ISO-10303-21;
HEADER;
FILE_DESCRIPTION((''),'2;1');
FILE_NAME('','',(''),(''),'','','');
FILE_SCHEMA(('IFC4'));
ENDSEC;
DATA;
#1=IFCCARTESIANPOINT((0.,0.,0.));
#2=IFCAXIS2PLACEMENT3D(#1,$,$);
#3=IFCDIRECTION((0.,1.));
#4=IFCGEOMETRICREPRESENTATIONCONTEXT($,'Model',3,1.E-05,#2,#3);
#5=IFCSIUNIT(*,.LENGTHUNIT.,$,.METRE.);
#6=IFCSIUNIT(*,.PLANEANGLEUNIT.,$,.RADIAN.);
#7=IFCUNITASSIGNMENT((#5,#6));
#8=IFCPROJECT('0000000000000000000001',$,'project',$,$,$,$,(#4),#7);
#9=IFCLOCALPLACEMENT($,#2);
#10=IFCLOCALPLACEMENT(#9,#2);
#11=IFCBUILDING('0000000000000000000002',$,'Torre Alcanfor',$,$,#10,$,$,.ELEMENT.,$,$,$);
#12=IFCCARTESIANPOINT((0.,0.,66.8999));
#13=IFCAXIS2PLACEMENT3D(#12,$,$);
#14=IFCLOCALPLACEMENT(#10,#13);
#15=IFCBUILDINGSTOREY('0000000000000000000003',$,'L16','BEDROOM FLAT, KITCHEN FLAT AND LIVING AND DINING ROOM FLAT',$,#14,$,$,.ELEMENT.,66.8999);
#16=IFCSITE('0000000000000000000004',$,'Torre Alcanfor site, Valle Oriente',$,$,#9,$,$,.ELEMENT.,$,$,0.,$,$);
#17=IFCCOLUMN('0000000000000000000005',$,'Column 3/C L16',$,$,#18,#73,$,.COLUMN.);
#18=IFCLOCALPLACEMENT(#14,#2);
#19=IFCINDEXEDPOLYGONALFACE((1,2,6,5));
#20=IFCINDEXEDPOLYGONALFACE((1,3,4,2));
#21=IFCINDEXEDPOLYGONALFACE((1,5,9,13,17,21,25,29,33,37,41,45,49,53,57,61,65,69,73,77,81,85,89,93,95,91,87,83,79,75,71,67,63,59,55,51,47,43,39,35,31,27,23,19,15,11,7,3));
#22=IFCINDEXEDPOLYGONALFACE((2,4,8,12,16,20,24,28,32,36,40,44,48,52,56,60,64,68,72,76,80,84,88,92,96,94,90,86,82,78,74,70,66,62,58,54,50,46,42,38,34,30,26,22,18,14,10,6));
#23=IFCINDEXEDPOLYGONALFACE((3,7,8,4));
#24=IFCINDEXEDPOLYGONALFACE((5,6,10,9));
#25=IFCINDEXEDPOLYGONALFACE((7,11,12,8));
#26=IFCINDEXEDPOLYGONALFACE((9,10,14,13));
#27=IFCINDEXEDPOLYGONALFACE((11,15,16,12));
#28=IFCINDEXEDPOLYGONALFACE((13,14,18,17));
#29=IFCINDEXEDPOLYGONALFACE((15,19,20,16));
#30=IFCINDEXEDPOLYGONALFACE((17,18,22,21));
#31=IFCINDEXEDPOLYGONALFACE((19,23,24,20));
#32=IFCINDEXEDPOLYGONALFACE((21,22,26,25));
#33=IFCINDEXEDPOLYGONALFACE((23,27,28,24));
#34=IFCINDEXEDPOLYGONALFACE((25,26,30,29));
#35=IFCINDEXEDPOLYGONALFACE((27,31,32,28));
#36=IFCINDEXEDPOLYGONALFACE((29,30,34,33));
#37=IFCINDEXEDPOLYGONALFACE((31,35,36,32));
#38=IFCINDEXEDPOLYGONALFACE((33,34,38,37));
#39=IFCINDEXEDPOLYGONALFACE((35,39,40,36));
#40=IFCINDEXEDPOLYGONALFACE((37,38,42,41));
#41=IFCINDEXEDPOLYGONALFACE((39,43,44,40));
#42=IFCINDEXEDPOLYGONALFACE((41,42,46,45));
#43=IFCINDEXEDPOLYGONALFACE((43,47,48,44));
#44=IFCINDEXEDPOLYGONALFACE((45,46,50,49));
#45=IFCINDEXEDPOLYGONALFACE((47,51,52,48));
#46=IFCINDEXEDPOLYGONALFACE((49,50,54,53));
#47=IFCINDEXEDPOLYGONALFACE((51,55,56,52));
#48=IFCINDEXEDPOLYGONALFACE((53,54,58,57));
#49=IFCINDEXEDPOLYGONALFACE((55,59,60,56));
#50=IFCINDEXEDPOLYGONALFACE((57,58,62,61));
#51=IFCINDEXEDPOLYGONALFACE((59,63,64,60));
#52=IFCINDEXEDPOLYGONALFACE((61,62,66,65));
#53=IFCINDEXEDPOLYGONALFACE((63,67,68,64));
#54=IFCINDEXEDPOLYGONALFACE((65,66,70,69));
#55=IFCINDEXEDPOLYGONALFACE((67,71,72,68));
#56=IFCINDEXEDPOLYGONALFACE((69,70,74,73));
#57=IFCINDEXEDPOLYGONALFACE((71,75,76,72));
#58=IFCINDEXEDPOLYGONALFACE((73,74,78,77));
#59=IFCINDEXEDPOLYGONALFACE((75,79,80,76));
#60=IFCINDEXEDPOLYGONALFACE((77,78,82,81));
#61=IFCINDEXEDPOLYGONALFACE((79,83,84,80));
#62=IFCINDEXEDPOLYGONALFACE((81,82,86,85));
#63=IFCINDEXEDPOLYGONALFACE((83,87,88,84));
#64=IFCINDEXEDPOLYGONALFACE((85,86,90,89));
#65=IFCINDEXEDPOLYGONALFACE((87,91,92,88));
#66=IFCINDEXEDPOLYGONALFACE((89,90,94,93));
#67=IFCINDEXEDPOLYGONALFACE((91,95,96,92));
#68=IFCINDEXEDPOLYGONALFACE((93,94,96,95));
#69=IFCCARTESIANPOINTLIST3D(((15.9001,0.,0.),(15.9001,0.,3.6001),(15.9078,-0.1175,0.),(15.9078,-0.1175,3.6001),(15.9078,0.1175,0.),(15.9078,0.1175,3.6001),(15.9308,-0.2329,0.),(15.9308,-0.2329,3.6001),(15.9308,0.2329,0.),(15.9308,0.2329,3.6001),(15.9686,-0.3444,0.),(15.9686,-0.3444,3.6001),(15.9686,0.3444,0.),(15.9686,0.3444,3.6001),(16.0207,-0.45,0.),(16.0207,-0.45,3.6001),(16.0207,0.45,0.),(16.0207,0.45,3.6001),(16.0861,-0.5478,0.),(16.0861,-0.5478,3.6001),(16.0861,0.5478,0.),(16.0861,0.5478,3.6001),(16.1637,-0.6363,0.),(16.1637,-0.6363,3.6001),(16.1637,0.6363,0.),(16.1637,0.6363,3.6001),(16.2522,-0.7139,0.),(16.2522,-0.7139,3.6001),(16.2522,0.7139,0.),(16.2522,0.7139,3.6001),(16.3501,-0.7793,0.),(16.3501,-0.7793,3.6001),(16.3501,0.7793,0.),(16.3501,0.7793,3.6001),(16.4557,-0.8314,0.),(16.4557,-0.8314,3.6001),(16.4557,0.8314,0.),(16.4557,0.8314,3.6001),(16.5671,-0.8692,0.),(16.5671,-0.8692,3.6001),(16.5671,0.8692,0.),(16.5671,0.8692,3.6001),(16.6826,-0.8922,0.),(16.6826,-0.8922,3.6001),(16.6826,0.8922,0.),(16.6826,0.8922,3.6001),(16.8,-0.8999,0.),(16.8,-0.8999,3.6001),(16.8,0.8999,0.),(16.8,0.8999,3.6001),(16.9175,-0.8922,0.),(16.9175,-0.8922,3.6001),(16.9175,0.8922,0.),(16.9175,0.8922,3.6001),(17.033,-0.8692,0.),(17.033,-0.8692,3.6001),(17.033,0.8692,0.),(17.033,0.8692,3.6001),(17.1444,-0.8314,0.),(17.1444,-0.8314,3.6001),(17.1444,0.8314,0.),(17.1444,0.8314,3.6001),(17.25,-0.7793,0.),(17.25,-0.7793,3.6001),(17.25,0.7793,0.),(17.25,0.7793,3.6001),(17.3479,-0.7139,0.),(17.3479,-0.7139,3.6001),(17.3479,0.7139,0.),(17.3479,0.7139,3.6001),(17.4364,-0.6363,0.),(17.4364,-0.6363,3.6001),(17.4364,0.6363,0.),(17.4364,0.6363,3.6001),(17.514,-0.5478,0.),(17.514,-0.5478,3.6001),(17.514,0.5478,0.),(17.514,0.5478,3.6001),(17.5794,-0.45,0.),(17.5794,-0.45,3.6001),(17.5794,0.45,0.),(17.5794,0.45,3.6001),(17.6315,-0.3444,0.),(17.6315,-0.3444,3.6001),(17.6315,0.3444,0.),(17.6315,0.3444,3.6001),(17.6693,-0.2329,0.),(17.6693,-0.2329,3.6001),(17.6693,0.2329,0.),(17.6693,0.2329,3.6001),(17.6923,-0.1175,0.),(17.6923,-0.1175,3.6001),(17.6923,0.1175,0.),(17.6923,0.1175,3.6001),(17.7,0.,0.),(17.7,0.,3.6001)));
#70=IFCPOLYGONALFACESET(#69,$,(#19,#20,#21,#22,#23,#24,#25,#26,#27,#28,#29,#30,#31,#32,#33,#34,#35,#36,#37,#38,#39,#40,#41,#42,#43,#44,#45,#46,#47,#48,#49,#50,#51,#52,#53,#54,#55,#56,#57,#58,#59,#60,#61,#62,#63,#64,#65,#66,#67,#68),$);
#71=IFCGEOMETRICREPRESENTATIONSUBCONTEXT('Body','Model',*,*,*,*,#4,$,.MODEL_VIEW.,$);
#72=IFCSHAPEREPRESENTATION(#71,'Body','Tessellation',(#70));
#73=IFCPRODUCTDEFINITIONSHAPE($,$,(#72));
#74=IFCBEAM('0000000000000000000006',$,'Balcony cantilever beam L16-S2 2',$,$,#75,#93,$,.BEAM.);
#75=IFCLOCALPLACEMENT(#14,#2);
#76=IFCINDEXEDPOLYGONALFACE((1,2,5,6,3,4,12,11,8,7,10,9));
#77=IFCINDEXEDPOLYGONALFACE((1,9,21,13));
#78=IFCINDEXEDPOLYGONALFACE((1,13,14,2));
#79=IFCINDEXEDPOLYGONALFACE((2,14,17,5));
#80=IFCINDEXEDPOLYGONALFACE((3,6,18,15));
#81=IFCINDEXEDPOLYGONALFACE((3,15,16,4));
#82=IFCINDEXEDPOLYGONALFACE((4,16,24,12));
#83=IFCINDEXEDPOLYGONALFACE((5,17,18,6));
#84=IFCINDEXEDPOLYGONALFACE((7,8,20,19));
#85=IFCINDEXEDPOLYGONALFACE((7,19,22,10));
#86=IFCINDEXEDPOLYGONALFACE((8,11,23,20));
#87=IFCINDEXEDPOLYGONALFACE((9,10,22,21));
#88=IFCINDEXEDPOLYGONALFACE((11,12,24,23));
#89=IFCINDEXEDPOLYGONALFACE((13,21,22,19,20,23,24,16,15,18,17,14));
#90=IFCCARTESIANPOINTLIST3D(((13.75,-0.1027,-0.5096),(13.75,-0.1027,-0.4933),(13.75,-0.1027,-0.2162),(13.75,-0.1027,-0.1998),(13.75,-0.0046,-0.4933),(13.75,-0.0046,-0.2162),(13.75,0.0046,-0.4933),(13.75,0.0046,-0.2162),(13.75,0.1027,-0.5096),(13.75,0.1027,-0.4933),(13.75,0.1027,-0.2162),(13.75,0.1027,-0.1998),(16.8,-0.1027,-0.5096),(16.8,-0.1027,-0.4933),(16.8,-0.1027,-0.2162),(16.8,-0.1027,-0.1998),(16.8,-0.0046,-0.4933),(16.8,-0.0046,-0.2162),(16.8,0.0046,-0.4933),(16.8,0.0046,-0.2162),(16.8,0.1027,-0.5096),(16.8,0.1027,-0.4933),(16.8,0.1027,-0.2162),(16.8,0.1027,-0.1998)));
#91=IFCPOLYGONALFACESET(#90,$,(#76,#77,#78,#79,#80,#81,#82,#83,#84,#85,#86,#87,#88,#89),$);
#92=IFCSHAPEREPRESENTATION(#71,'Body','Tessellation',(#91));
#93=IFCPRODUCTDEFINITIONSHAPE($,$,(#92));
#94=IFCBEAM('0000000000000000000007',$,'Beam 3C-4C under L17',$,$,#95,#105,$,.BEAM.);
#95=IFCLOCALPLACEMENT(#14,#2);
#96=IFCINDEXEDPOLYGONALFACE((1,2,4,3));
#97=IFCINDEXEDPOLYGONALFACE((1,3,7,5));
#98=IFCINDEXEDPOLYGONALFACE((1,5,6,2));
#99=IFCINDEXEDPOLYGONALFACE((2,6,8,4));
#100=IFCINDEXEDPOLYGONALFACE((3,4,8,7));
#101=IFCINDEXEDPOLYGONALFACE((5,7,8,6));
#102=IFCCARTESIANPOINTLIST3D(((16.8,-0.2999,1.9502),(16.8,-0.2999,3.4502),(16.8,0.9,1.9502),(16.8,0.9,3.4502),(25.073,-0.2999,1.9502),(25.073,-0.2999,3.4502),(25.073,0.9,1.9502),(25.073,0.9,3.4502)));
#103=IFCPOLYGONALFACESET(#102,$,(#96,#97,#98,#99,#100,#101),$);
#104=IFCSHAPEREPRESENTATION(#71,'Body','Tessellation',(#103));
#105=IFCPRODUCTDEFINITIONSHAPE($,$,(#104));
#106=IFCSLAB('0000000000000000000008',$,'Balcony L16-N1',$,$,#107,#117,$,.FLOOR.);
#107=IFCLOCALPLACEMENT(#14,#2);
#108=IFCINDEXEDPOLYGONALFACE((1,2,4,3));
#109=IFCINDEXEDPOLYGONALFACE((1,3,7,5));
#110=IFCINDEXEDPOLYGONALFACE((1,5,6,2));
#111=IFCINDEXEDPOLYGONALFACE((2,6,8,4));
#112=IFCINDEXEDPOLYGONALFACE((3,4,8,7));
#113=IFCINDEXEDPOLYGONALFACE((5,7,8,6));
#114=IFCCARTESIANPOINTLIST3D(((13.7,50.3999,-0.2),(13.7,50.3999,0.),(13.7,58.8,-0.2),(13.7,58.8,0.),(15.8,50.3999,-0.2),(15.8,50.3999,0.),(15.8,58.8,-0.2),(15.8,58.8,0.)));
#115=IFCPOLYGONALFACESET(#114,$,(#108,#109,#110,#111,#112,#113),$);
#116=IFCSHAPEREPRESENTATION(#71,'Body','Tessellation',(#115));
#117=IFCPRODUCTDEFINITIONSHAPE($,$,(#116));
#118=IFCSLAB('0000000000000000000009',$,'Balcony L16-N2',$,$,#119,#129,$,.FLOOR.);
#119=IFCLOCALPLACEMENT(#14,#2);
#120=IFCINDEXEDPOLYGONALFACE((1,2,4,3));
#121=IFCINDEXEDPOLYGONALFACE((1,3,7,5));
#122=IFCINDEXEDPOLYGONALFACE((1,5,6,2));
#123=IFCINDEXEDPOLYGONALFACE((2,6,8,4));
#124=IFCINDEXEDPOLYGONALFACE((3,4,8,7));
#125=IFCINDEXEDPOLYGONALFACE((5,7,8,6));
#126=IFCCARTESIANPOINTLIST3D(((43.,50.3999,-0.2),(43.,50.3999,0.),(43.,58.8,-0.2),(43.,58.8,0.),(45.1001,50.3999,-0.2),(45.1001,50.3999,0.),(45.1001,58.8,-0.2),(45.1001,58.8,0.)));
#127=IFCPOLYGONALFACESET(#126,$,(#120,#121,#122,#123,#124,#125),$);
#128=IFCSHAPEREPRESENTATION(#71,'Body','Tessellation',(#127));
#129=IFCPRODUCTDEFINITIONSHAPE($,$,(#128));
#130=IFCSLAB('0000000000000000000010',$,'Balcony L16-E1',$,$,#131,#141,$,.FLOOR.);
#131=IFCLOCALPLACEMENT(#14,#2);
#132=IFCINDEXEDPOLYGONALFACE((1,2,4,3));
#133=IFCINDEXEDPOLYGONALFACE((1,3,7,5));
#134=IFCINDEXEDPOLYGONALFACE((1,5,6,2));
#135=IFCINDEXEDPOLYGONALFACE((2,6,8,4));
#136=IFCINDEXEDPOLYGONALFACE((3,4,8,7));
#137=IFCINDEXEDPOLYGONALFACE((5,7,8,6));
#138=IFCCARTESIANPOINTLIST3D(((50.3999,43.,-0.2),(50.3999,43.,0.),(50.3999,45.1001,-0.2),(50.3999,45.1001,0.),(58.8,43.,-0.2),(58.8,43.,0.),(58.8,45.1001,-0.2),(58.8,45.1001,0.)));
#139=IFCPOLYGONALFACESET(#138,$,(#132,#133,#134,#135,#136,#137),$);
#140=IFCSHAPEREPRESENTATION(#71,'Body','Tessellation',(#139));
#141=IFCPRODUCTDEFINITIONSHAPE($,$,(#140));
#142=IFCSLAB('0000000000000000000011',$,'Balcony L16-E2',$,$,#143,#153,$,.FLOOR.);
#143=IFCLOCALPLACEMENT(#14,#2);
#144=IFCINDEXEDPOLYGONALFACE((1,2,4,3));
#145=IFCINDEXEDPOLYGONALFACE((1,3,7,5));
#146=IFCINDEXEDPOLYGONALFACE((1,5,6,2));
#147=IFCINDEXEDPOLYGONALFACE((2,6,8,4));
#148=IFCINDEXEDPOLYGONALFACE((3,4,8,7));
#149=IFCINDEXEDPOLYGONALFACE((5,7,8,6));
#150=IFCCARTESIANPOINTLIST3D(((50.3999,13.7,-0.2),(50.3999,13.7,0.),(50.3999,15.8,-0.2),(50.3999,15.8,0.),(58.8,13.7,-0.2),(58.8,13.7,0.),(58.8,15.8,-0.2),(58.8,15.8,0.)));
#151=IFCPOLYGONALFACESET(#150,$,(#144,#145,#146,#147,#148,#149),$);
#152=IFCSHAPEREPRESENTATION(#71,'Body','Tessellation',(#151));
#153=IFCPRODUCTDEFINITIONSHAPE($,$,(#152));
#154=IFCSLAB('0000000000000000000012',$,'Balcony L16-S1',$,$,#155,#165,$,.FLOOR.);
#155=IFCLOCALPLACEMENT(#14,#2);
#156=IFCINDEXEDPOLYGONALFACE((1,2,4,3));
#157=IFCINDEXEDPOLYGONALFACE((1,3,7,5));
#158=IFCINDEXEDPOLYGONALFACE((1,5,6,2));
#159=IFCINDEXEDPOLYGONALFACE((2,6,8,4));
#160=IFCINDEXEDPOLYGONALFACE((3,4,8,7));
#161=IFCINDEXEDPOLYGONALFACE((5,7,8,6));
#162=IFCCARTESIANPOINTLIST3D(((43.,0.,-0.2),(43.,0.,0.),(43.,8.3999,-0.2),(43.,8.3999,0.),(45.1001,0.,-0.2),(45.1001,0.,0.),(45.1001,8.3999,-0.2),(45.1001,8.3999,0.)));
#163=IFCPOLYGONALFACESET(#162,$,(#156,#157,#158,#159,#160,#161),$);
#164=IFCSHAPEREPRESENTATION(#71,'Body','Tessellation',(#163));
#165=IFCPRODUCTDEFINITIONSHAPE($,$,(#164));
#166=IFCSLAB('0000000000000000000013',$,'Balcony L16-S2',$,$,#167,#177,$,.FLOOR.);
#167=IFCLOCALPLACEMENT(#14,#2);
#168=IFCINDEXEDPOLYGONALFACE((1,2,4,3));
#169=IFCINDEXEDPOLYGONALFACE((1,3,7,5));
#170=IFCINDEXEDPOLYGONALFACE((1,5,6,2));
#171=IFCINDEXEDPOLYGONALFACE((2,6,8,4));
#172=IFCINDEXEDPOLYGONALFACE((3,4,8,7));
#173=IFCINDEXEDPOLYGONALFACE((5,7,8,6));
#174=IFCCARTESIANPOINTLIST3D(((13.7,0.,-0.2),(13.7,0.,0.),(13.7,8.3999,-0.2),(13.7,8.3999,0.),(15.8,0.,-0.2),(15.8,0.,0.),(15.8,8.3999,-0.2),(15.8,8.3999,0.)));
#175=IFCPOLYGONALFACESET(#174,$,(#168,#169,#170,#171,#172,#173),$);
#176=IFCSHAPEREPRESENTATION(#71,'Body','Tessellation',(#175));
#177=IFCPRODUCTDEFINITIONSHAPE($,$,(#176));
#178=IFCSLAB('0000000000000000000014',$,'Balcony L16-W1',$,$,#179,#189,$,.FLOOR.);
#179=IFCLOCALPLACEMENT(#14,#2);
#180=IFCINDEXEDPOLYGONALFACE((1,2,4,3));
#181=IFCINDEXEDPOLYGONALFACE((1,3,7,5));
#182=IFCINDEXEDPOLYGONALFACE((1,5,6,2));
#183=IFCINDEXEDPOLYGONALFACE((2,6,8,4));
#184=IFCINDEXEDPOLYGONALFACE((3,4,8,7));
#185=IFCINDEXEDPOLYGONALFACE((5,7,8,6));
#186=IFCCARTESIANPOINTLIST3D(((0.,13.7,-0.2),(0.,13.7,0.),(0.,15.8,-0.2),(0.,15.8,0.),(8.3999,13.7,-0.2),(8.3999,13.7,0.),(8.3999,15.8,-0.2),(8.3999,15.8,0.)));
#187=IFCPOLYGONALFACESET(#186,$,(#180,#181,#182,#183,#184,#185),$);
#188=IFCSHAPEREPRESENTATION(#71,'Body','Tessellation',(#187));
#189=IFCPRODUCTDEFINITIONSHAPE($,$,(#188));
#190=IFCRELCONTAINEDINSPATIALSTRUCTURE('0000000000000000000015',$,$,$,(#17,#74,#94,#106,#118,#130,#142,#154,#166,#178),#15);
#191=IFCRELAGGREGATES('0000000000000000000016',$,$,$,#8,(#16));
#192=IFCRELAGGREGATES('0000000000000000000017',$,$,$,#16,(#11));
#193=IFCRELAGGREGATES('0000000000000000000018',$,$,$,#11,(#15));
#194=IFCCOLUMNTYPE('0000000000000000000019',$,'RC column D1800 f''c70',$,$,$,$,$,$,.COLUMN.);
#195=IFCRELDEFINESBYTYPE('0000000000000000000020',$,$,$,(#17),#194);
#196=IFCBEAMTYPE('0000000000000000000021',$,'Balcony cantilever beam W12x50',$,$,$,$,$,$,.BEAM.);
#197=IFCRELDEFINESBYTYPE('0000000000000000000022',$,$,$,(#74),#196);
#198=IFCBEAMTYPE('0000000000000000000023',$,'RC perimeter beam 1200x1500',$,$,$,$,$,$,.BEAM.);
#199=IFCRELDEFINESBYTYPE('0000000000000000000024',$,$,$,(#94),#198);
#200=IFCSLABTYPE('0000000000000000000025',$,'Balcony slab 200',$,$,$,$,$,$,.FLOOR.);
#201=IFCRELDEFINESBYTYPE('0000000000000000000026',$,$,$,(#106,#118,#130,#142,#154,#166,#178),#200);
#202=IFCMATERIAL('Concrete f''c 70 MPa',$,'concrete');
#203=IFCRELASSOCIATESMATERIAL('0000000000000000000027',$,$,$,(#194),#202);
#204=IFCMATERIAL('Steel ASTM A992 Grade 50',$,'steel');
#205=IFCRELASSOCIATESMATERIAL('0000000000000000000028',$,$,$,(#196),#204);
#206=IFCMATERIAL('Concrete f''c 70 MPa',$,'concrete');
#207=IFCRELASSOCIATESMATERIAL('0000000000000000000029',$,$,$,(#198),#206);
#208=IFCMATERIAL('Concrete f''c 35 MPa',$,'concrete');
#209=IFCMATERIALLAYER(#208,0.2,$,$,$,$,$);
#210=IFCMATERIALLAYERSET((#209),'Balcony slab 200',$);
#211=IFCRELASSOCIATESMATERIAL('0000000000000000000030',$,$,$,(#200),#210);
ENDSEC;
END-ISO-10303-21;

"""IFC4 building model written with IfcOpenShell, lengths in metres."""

from ifc_helpers import new_model, si_unit, direction, frame, origin, origin_2d, place, context, subcontext, project, spatial, polyline, rectangle, circle, i_section, outline, extrude, material, layer, layer_set, material_profile, profile_set, type_object, element, save


model = new_model("IFC4")

# Units and contexts
model_context = context("Model", 3, precision=1e-05, world=origin(), true_north=direction((0.0, 1.0)))
body_context = subcontext(model_context, "Body", "Model", "MODEL_VIEW")
ifc_project = project(units=[si_unit("LENGTHUNIT", "METRE"), si_unit("PLANEANGLEUNIT", "RADIAN")], contexts=[model_context])

# Site, building, storey
site_placement = place(None, origin())
site = spatial("IfcSite", under=ifc_project, at=site_placement, Name="Torre Alcanfor site, Valle Oriente", CompositionType="ELEMENT", RefElevation=0.0)
building_placement = place(site_placement, origin())
building = spatial("IfcBuilding", under=site, at=building_placement, Name="Torre Alcanfor", CompositionType="ELEMENT")
storey_placement = place(building_placement, frame((0.0, 0.0, 66.8999)))
storey = spatial("IfcBuildingStorey", under=building, at=storey_placement, Name="L16", Description="BEDROOM FLAT, KITCHEN FLAT AND LIVING AND DINING ROOM FLAT", CompositionType="ELEMENT", Elevation=66.8999)

# Column
ifc_material_1 = material(Name="Concrete f'c 70 MPa", Category="concrete")
ifc_material_profile_1 = material_profile(ifc_material_1, circle(Radius=0.8999, at=origin_2d()), Name="D1800")
ifc_profile_set_1 = profile_set([ifc_material_profile_1], Name="Concrete f'c 70 MPa")
column_type = type_object("IfcColumnType", Name="RC column D1800 f'c70", PredefinedType="COLUMN", material=ifc_profile_set_1)
column_placement = place(storey_placement, frame((16.8, 0.0, 0.0), z_axis=(0.0, 0.0, 1.0), x_axis=(1.0, 0.0, 0.0)))
element("IfcColumn", 1, at=column_placement, inside=storey, type_object=column_type, Name="Column 3/C L16", PredefinedType="COLUMN", context=body_context, shape_type="SweptSolid", body=[
    extrude(circle(Radius=0.8999, at=origin_2d()), origin(), (0.0, 0.0, 1.0), 3.6001),
])

# Beams
ifc_material_2 = material(Name="Steel ASTM A992 Grade 50", Category="steel")
ifc_material_profile_2 = material_profile(ifc_material_2, i_section(OverallWidth=0.2053, OverallDepth=0.3098, WebThickness=0.0093, FlangeThickness=0.0164, at=origin_2d()), Name="W12x50")
ifc_profile_set_2 = profile_set([ifc_material_profile_2], Name="Steel ASTM A992 Grade 50")
beam_type_1 = type_object("IfcBeamType", Name="Balcony cantilever beam W12x50", PredefinedType="BEAM", material=ifc_profile_set_2)
beam_1_placement = place(storey_placement, frame((16.8, 0.0, -0.3547), z_axis=(-1.0, 0.0, 0.0), x_axis=(0.0, -1.0, 0.0)))
element("IfcBeam", 2, at=beam_1_placement, inside=storey, type_object=beam_type_1, Name="Balcony cantilever beam L16-S2 2", PredefinedType="BEAM", context=body_context, shape_type="SweptSolid", body=[
    extrude(i_section(OverallWidth=0.2053, OverallDepth=0.3098, WebThickness=0.0093, FlangeThickness=0.0164, at=origin_2d()), origin(), (0.0, 0.0, 1.0), 3.05),
])
ifc_material_3 = material(Name="Concrete f'c 70 MPa", Category="concrete")
ifc_material_profile_3 = material_profile(ifc_material_3, rectangle(XDim=1.2, YDim=1.5, at=origin_2d()), Name="1200x1500")
ifc_profile_set_3 = profile_set([ifc_material_profile_3], Name="Concrete f'c 70 MPa")
beam_type_2 = type_object("IfcBeamType", Name="RC perimeter beam 1200x1500", PredefinedType="BEAM", material=ifc_profile_set_3)
beam_2_placement = place(storey_placement, frame((16.8, 0.3, 2.7002), z_axis=(1.0, 0.0, 0.0), x_axis=(0.0, 1.0, 0.0)))
element("IfcBeam", 3, at=beam_2_placement, inside=storey, type_object=beam_type_2, Name="Beam 3C-4C under L17", PredefinedType="BEAM", context=body_context, shape_type="SweptSolid", body=[
    extrude(rectangle(XDim=1.2, YDim=1.5, at=origin_2d()), origin(), (0.0, 0.0, 1.0), 8.2729),
])

# Slabs
ifc_material_4 = material(Name="Concrete f'c 35 MPa", Category="concrete")
ifc_layer_1 = layer(ifc_material_4, 0.2)
ifc_layer_set_1 = layer_set([ifc_layer_1], Name="Balcony slab 200")
slab_type_1 = type_object("IfcSlabType", Name="Balcony slab 200", PredefinedType="FLOOR", material=ifc_layer_set_1)
slab_1_placement = place(storey_placement, frame((0.0, 0.0, -0.2)))
element("IfcSlab", 4, at=slab_1_placement, inside=storey, type_object=slab_type_1, Name="Balcony L16-N1", PredefinedType="FLOOR", context=body_context, shape_type="SweptSolid", body=[
    extrude(outline(polyline([(15.8, 50.3999), (15.8, 58.8), (13.7, 58.8), (13.7, 50.3999), (15.8, 50.3999)])), origin(), (0.0, 0.0, 1.0), 0.2),
])
slab_2_placement = place(storey_placement, frame((0.0, 0.0, -0.2)))
element("IfcSlab", 5, at=slab_2_placement, inside=storey, type_object=slab_type_1, Name="Balcony L16-N2", PredefinedType="FLOOR", context=body_context, shape_type="SweptSolid", body=[
    extrude(outline(polyline([(45.1001, 50.3999), (45.1001, 58.8), (43.0, 58.8), (43.0, 50.3999), (45.1001, 50.3999)])), origin(), (0.0, 0.0, 1.0), 0.2),
])
slab_3_placement = place(storey_placement, frame((0.0, 0.0, -0.2)))
element("IfcSlab", 6, at=slab_3_placement, inside=storey, type_object=slab_type_1, Name="Balcony L16-E1", PredefinedType="FLOOR", context=body_context, shape_type="SweptSolid", body=[
    extrude(outline(polyline([(50.3999, 43.0), (58.8, 43.0), (58.8, 45.1001), (50.3999, 45.1001), (50.3999, 43.0)])), origin(), (0.0, 0.0, 1.0), 0.2),
])
slab_4_placement = place(storey_placement, frame((0.0, 0.0, -0.2)))
element("IfcSlab", 7, at=slab_4_placement, inside=storey, type_object=slab_type_1, Name="Balcony L16-E2", PredefinedType="FLOOR", context=body_context, shape_type="SweptSolid", body=[
    extrude(outline(polyline([(50.3999, 13.7), (58.8, 13.7), (58.8, 15.8), (50.3999, 15.8), (50.3999, 13.7)])), origin(), (0.0, 0.0, 1.0), 0.2),
])
slab_5_placement = place(storey_placement, frame((0.0, 0.0, -0.2)))
element("IfcSlab", 8, at=slab_5_placement, inside=storey, type_object=slab_type_1, Name="Balcony L16-S1", PredefinedType="FLOOR", context=body_context, shape_type="SweptSolid", body=[
    extrude(outline(polyline([(43.0, 8.3999), (43.0, 0.0), (45.1001, 0.0), (45.1001, 8.3999), (43.0, 8.3999)])), origin(), (0.0, 0.0, 1.0), 0.2),
])
slab_6_placement = place(storey_placement, frame((0.0, 0.0, -0.2)))
element("IfcSlab", 9, at=slab_6_placement, inside=storey, type_object=slab_type_1, Name="Balcony L16-S2", PredefinedType="FLOOR", context=body_context, shape_type="SweptSolid", body=[
    extrude(outline(polyline([(13.7, 8.3999), (13.7, 0.0), (15.8, 0.0), (15.8, 8.3999), (13.7, 8.3999)])), origin(), (0.0, 0.0, 1.0), 0.2),
])
slab_7_placement = place(storey_placement, frame((0.0, 0.0, -0.2)))
element("IfcSlab", 10, at=slab_7_placement, inside=storey, type_object=slab_type_1, Name="Balcony L16-W1", PredefinedType="FLOOR", context=body_context, shape_type="SweptSolid", body=[
    extrude(outline(polyline([(8.3999, 15.8), (0.0, 15.8), (0.0, 13.7), (8.3999, 13.7), (8.3999, 15.8)])), origin(), (0.0, 0.0, 1.0), 0.2),
])

save(model, "model.ifc")
